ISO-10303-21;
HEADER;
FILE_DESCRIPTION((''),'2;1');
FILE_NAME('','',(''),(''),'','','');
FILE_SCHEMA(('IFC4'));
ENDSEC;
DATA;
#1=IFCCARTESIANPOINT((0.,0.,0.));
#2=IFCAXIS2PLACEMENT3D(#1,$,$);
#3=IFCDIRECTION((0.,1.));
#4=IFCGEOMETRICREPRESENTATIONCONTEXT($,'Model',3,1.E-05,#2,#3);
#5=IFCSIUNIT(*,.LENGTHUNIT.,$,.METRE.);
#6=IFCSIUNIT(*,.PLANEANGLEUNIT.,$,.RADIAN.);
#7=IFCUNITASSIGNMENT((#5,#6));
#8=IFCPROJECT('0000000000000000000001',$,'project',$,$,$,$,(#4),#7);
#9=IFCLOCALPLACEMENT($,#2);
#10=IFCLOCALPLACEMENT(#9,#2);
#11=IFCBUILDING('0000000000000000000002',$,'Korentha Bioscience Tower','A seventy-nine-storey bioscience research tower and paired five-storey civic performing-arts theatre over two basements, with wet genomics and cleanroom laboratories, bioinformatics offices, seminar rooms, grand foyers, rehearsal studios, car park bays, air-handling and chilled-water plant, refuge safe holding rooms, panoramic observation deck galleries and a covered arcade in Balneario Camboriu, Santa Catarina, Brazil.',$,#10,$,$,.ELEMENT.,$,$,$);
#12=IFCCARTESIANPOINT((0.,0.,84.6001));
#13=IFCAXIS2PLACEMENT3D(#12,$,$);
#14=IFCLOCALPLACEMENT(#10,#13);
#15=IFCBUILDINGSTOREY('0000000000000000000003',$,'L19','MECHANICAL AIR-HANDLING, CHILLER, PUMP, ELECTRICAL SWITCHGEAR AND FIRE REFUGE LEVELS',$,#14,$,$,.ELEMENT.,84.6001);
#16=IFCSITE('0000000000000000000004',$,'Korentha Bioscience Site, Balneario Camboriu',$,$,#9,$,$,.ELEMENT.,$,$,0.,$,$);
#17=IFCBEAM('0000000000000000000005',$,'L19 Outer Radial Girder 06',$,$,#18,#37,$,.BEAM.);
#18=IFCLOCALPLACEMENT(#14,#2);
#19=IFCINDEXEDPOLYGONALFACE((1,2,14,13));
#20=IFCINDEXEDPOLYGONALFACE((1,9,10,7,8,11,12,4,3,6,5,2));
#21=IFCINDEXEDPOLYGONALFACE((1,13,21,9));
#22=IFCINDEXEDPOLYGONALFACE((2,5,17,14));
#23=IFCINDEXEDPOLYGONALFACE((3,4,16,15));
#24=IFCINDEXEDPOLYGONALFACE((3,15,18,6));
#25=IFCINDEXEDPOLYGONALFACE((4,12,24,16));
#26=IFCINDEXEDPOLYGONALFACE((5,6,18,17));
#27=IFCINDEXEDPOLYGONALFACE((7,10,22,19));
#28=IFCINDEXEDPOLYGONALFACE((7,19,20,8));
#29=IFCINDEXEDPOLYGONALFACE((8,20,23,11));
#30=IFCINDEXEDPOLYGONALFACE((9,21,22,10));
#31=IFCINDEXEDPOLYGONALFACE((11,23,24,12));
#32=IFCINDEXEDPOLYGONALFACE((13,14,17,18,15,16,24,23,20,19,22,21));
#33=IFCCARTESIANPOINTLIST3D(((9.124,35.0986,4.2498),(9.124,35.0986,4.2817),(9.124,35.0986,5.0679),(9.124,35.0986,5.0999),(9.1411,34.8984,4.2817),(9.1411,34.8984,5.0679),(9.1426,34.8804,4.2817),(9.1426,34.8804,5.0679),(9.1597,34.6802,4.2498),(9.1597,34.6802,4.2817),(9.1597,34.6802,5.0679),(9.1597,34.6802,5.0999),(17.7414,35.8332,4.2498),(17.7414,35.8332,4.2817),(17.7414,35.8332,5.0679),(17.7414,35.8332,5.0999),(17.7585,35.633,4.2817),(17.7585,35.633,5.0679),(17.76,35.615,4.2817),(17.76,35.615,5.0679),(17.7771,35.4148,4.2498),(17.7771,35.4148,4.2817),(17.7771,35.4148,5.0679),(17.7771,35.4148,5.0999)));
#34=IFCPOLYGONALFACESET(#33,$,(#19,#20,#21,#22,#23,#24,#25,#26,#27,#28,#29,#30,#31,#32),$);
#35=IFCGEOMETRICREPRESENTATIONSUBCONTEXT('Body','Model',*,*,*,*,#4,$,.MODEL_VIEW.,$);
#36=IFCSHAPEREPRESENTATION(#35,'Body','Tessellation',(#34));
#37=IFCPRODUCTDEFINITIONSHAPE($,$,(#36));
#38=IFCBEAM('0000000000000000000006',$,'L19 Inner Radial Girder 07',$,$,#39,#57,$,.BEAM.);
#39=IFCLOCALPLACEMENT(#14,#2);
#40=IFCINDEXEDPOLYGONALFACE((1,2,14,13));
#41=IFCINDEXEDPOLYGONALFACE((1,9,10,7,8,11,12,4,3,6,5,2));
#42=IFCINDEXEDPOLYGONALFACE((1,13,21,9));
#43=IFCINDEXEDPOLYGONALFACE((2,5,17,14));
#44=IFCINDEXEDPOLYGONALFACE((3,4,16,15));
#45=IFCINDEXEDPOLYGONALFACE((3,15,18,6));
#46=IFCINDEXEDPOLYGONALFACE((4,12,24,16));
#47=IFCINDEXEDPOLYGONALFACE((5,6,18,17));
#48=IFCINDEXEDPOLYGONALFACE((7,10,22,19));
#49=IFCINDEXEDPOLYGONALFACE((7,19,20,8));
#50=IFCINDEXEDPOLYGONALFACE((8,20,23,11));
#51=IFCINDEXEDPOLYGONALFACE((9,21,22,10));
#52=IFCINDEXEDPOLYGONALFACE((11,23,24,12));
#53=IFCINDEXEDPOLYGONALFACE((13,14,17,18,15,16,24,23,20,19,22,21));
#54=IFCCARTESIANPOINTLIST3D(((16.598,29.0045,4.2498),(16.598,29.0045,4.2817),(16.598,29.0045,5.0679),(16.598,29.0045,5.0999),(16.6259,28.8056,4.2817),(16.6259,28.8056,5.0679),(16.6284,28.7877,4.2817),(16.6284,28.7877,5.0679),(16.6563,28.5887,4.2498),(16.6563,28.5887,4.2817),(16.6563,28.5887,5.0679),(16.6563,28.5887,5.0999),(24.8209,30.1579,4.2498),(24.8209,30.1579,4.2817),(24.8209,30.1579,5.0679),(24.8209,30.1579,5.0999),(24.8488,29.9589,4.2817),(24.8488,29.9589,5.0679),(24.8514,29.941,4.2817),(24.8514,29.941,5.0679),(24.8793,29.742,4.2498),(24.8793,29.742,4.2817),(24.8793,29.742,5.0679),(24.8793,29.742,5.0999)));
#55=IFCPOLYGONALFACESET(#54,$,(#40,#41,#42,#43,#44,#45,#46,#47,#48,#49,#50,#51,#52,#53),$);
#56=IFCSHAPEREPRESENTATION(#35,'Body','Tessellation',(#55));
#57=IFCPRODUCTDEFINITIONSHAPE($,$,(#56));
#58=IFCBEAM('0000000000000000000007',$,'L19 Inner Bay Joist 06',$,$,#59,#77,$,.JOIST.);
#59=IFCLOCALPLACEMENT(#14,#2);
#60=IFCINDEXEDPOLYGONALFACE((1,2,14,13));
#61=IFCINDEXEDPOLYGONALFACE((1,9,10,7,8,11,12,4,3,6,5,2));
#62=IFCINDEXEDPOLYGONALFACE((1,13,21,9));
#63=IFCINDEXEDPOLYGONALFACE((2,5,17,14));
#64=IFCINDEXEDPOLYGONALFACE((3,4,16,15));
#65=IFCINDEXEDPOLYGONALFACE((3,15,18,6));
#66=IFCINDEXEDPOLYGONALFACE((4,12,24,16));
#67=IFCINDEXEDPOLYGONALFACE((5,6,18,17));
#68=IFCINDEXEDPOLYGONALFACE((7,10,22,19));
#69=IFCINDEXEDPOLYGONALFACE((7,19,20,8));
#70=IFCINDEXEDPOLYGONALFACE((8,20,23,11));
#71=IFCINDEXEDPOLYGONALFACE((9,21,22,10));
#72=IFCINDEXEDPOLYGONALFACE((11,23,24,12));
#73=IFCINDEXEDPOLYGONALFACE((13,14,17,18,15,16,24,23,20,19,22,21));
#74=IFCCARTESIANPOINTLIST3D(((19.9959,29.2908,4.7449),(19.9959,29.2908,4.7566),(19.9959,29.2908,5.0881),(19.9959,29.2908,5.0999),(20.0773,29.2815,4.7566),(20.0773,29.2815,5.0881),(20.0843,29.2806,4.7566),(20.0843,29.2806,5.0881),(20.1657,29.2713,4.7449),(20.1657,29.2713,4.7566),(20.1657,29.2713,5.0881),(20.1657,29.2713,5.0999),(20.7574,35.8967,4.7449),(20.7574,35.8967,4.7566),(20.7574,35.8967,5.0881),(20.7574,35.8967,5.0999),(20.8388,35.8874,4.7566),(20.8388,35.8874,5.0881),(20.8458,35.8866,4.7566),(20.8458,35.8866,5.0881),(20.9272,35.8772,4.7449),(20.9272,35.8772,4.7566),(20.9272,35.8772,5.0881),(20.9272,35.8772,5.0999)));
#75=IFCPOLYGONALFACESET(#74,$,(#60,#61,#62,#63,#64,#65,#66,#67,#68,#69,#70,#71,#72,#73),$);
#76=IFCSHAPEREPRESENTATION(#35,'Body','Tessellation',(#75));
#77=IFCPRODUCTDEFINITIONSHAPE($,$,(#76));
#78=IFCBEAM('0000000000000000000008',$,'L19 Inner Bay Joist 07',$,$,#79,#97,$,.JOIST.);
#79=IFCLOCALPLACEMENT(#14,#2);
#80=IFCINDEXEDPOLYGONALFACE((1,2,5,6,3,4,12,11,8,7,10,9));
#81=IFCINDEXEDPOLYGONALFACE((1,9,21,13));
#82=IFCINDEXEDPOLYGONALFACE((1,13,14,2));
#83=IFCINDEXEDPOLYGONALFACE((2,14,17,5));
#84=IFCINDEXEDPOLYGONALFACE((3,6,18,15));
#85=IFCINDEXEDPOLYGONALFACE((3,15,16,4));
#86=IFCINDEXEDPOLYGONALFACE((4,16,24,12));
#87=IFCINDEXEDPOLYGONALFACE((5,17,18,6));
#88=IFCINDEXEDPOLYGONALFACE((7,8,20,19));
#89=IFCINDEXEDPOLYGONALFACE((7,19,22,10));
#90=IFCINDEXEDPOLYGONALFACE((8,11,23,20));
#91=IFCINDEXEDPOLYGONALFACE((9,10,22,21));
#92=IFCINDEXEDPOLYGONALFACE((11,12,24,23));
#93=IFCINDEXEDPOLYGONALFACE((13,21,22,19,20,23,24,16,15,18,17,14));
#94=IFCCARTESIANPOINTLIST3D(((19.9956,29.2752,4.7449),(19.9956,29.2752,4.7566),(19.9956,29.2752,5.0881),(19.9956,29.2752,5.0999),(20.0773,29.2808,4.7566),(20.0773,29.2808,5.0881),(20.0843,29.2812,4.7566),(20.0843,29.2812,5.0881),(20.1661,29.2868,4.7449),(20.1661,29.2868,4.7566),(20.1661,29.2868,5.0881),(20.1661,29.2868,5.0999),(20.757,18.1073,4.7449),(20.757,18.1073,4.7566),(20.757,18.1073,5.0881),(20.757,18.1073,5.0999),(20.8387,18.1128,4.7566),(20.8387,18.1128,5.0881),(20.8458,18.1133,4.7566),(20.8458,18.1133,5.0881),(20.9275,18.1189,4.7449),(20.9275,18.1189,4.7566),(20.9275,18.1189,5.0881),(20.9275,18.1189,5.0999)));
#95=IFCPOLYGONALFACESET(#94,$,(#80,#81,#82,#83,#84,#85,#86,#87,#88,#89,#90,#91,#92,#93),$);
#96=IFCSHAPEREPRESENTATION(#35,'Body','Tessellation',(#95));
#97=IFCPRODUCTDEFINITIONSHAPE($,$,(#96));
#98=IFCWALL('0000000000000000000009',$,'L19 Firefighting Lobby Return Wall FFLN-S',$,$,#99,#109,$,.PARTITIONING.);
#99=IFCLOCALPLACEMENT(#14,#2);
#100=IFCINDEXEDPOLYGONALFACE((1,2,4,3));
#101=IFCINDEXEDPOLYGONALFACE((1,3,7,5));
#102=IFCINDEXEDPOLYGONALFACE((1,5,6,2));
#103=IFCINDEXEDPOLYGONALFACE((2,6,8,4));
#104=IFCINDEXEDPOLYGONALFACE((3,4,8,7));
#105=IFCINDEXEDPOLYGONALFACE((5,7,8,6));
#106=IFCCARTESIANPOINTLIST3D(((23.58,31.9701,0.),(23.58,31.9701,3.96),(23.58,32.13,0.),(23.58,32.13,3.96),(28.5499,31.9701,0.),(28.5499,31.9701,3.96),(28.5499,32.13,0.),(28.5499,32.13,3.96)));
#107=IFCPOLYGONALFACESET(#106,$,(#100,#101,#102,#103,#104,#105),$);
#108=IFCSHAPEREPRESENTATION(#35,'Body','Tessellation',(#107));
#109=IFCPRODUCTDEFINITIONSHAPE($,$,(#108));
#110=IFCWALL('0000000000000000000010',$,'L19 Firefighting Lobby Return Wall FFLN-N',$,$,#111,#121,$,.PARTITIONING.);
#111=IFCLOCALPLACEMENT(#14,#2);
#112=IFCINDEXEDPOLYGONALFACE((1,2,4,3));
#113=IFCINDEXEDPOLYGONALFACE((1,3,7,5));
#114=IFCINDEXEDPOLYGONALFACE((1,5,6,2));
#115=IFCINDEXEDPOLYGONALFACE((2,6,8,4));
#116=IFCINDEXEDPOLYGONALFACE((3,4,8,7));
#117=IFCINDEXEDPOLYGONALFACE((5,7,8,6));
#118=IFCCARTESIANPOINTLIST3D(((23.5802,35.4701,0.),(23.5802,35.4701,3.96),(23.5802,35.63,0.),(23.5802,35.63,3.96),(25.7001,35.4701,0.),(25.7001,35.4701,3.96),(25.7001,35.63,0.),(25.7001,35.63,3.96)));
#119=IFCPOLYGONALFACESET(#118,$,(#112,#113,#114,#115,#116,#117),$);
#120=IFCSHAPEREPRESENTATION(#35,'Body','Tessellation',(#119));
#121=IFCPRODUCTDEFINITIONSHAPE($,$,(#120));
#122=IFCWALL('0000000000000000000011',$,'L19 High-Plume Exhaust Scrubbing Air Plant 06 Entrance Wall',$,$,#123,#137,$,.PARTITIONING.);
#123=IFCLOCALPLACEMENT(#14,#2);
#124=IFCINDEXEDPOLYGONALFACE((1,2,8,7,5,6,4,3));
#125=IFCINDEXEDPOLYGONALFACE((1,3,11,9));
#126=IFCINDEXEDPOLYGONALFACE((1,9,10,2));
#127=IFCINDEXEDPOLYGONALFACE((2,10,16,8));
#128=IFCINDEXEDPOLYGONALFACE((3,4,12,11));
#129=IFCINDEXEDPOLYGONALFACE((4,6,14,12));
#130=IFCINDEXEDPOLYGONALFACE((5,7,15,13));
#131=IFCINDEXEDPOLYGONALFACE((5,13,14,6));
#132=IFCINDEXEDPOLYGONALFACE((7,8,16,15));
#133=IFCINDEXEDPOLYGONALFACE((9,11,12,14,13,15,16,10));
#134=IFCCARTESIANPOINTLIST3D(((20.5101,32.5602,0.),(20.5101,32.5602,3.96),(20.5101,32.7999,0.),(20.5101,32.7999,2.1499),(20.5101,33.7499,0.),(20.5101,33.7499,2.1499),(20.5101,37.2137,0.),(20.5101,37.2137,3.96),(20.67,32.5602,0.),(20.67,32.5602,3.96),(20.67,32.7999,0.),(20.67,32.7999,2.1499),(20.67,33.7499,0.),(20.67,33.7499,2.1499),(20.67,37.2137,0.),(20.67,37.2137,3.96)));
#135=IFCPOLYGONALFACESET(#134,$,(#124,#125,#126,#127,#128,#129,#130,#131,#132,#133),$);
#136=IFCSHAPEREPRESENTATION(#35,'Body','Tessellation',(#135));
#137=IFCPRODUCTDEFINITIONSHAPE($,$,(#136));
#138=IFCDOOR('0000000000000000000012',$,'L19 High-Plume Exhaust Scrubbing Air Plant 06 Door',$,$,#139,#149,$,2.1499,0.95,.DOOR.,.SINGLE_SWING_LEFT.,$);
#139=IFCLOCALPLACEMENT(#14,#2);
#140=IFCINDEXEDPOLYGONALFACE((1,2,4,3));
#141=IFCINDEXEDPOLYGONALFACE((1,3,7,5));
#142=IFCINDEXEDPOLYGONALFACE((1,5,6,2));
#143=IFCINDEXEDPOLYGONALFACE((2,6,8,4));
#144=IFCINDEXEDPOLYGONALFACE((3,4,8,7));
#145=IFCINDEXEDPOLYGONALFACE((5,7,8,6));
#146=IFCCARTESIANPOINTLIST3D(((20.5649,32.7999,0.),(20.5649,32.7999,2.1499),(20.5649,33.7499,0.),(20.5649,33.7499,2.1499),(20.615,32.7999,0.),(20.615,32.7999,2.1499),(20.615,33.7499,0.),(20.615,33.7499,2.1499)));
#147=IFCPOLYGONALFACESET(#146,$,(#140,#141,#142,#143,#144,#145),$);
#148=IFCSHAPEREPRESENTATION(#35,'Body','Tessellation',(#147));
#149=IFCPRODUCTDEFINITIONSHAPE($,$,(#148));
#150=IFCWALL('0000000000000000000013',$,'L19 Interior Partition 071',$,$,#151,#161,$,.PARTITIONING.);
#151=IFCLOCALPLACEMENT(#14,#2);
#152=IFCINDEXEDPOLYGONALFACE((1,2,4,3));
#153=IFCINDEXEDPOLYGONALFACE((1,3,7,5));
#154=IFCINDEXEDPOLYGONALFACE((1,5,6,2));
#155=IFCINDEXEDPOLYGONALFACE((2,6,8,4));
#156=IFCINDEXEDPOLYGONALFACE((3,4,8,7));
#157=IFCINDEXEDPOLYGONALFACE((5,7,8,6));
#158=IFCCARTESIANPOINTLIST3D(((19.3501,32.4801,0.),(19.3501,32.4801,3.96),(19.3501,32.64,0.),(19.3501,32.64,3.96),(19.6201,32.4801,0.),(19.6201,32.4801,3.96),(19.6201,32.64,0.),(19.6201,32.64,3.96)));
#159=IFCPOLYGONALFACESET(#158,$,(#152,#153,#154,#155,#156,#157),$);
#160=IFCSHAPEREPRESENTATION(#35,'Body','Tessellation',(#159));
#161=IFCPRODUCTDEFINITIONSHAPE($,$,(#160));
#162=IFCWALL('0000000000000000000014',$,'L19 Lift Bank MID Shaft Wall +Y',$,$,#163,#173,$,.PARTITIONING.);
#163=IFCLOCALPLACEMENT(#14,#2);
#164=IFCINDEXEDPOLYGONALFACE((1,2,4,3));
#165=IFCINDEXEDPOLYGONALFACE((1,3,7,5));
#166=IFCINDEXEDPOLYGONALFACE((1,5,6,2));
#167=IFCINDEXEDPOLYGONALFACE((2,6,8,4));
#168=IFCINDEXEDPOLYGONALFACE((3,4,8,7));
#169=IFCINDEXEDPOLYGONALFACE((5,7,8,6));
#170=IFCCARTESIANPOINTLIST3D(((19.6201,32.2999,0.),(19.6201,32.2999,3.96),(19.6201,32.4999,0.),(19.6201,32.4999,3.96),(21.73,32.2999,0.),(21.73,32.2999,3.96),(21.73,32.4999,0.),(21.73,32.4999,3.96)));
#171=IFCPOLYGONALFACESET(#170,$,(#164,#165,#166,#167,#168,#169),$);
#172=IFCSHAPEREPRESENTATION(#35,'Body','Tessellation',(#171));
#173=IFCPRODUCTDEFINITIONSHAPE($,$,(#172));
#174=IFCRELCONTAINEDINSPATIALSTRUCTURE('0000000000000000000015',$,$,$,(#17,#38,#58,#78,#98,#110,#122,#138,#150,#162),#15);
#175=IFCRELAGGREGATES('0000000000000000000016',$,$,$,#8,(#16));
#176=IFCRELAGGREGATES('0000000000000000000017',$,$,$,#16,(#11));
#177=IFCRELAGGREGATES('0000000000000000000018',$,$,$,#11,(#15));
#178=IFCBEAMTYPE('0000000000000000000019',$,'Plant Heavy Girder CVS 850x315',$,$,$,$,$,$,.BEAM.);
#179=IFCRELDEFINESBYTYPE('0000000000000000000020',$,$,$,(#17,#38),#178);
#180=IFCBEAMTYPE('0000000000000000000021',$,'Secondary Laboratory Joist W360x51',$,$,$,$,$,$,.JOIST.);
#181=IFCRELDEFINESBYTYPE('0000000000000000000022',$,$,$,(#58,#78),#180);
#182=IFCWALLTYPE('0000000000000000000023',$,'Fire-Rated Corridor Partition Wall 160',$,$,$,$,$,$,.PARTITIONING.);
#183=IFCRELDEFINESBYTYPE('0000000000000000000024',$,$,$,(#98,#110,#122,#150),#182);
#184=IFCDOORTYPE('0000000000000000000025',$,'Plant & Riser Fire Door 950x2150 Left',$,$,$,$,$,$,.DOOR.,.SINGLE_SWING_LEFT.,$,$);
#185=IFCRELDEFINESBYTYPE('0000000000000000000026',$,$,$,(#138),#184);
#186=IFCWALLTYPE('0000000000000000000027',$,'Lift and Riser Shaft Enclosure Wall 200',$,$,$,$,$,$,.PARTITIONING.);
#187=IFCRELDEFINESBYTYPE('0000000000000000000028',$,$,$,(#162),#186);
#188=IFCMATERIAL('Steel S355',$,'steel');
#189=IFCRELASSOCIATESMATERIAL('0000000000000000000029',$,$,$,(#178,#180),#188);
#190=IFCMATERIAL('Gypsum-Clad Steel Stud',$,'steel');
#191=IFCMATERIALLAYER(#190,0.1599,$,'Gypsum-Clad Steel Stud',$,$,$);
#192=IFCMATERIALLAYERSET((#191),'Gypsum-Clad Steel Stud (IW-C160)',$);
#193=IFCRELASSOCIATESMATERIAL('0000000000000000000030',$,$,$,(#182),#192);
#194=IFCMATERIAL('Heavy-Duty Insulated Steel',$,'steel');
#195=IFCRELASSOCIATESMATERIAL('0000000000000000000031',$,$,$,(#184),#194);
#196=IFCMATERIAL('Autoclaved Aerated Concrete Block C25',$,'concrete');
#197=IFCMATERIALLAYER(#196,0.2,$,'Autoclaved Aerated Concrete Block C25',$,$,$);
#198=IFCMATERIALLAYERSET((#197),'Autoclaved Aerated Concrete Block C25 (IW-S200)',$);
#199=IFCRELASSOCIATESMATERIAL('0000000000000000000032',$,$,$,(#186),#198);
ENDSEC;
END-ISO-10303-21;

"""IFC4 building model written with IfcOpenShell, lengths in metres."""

from ifc_helpers import new_model, si_unit, direction, frame, frame_2d, origin, origin_2d, place, context, subcontext, project, spatial, rectangle, i_section, extrude, material, layer, layer_set, material_profile, profile_set, type_object, element, fill, save


model = new_model("IFC4")

# Units and contexts
model_context = context("Model", 3, precision=1e-05, world=origin(), true_north=direction((0.0, 1.0)))
body_context = subcontext(model_context, "Body", "Model", "MODEL_VIEW")
ifc_project = project(units=[si_unit("LENGTHUNIT", "METRE"), si_unit("PLANEANGLEUNIT", "RADIAN")], contexts=[model_context])

# Site, building, storey
site_placement = place(None, origin())
site = spatial("IfcSite", under=ifc_project, at=site_placement, Name="Korentha Bioscience Site, Balneario Camboriu", CompositionType="ELEMENT", RefElevation=0.0)
building_placement = place(site_placement, origin())
building = spatial("IfcBuilding", under=site, at=building_placement, Name="Korentha Bioscience Tower", Description="A seventy-nine-storey bioscience research tower and paired five-storey civic performing-arts theatre over two basements, with wet genomics and cleanroom laboratories, bioinformatics offices, seminar rooms, grand foyers, rehearsal studios, car park bays, air-handling and chilled-water plant, refuge safe holding rooms, panoramic observation deck galleries and a covered arcade in Balneario Camboriu, Santa Catarina, Brazil.", CompositionType="ELEMENT")
storey_placement = place(building_placement, frame((0.0, 0.0, 84.6001)))
storey = spatial("IfcBuildingStorey", under=building, at=storey_placement, Name="L19", Description="MECHANICAL AIR-HANDLING, CHILLER, PUMP, ELECTRICAL SWITCHGEAR AND FIRE REFUGE LEVELS", CompositionType="ELEMENT", Elevation=84.6001)

# Beams
ifc_material_1 = material(Name="Steel S355", Category="steel")
ifc_material_profile_1 = material_profile(ifc_material_1, i_section(OverallWidth=0.4199, OverallDepth=0.8501, WebThickness=0.0181, FlangeThickness=0.032, at=origin_2d()), Name="Steel S355")
ifc_profile_set_1 = profile_set([ifc_material_profile_1], Name="Steel S355 (MB-850)")
beam_type_1 = type_object("IfcBeamType", Name="Plant Heavy Girder CVS 850x315", PredefinedType="BEAM", material=ifc_profile_set_1)
beam_1_placement = place(storey_placement, frame((17.7593, 35.624, 4.6748), z_axis=(-0.996386, -0.08494, 0.0), x_axis=(0.08494, -0.996386, 0.0)))
element("IfcBeam", 1, at=beam_1_placement, inside=storey, type_object=beam_type_1, Name="L19 Outer Radial Girder 06", PredefinedType="BEAM", context=body_context, shape_type="SweptSolid", body=[
    extrude(i_section(OverallWidth=0.4199, OverallDepth=0.8501, WebThickness=0.0181, FlangeThickness=0.032, at=origin_2d()), origin(), (0.0, 0.0, 1.0), 8.6487),
])
beam_2_placement = place(storey_placement, frame((24.8501, 29.95, 4.6748), z_axis=(-0.990307, -0.138898, 0.0), x_axis=(0.138898, -0.990307, 0.0)))
element("IfcBeam", 2, at=beam_2_placement, inside=storey, type_object=beam_type_1, Name="L19 Inner Radial Girder 07", PredefinedType="BEAM", context=body_context, shape_type="SweptSolid", body=[
    extrude(i_section(OverallWidth=0.4199, OverallDepth=0.8501, WebThickness=0.0181, FlangeThickness=0.032, at=origin_2d()), origin(), (0.0, 0.0, 1.0), 8.3035),
])
ifc_material_profile_2 = material_profile(ifc_material_1, i_section(OverallWidth=0.1709, OverallDepth=0.355, WebThickness=0.0071, FlangeThickness=0.0117, at=origin_2d()), Name="Steel S355")
ifc_profile_set_2 = profile_set([ifc_material_profile_2], Name="Steel S355 (JB-360)")
beam_type_2 = type_object("IfcBeamType", Name="Secondary Laboratory Joist W360x51", PredefinedType="JOIST", material=ifc_profile_set_2)
beam_3_placement = place(storey_placement, frame((20.8423, 35.887, 4.9224), z_axis=(-0.114513, -0.993422, 0.0), x_axis=(0.993422, -0.114513, 0.0)))
element("IfcBeam", 3, at=beam_3_placement, inside=storey, type_object=beam_type_2, Name="L19 Inner Bay Joist 06", PredefinedType="JOIST", context=body_context, shape_type="SweptSolid", body=[
    extrude(i_section(OverallWidth=0.1709, OverallDepth=0.355, WebThickness=0.0071, FlangeThickness=0.0117, at=origin_2d()), origin(), (0.0, 0.0, 1.0), 6.6497),
])
beam_4_placement = place(storey_placement, frame((20.0808, 29.281, 4.9224), z_axis=(0.068026, -0.997684, 0.0), x_axis=(0.997684, 0.068026, 0.0)))
element("IfcBeam", 4, at=beam_4_placement, inside=storey, type_object=beam_type_2, Name="L19 Inner Bay Joist 07", PredefinedType="JOIST", context=body_context, shape_type="SweptSolid", body=[
    extrude(i_section(OverallWidth=0.1709, OverallDepth=0.355, WebThickness=0.0071, FlangeThickness=0.0117, at=origin_2d()), origin(), (0.0, 0.0, 1.0), 11.1938),
])

# Shared definitions
ifc_material_2 = material(Name="Gypsum-Clad Steel Stud", Category="steel")
ifc_layer_1 = layer(ifc_material_2, 0.1599, Name="Gypsum-Clad Steel Stud")
ifc_layer_set_1 = layer_set([ifc_layer_1], Name="Gypsum-Clad Steel Stud (IW-C160)")
wall_type_1 = type_object("IfcWallType", Name="Fire-Rated Corridor Partition Wall 160", PredefinedType="PARTITIONING", material=ifc_layer_set_1)

# Walls
wall_1_placement = place(storey_placement, frame((23.5801, 32.05, 0.0), z_axis=(0.0, 0.0, 1.0), x_axis=(1.0, 0.0, 0.0)))
element("IfcWall", 5, at=wall_1_placement, inside=storey, type_object=wall_type_1, Name="L19 Firefighting Lobby Return Wall FFLN-S", PredefinedType="PARTITIONING", context=body_context, shape_type="SweptSolid", body=[
    extrude(rectangle(XDim=4.97, YDim=0.1599, at=frame_2d((2.4849, 0.0))), origin(), (0.0, 0.0, 1.0), 3.96),
])
wall_2_placement = place(storey_placement, frame((23.5801, 35.55, 0.0), z_axis=(0.0, 0.0, 1.0), x_axis=(1.0, 0.0, 0.0)))
element("IfcWall", 6, at=wall_2_placement, inside=storey, type_object=wall_type_1, Name="L19 Firefighting Lobby Return Wall FFLN-N", PredefinedType="PARTITIONING", context=body_context, shape_type="SweptSolid", body=[
    extrude(rectangle(XDim=2.1199, YDim=0.1599, at=frame_2d((1.0601, 0.0))), origin(), (0.0, 0.0, 1.0), 3.96),
])

# Wall, opening, door
wall_3_placement = place(storey_placement, frame((20.5901, 37.2136, 0.0), z_axis=(0.0, 0.0, 1.0), x_axis=(0.0, -1.0, 0.0)))
wall_3 = element("IfcWall", 7, at=wall_3_placement, inside=storey, type_object=wall_type_1, Name="L19 High-Plume Exhaust Scrubbing Air Plant 06 Entrance Wall", PredefinedType="PARTITIONING", context=body_context, shape_type="SweptSolid", body=[
    extrude(rectangle(XDim=4.6536, YDim=0.1599, at=frame_2d((2.3267, 0.0))), origin(), (0.0, 0.0, 1.0), 3.96),
])
opening_1_placement = place(wall_3_placement, frame((3.4636, 0.0, 0.0)))
opening_1 = element("IfcOpeningElement", 8, at=opening_1_placement, cuts=wall_3, PredefinedType="OPENING", context=body_context, shape_type="SweptSolid", body=[
    extrude(rectangle(XDim=0.95, YDim=2.1499, at=frame_2d((0.4751, 1.075))), frame((0.0, 0.0947, 0.0), z_axis=(0.0, -1.0, 0.0), x_axis=(1.0, 0.0, 0.0)), (0.0, 0.0, 1.0), 0.1897),
])
ifc_material_3 = material(Name="Heavy-Duty Insulated Steel", Category="steel")
door_type_1 = type_object("IfcDoorType", Name="Plant & Riser Fire Door 950x2150 Left", OperationType="SINGLE_SWING_LEFT", PredefinedType="DOOR", material=ifc_material_3)
door_1_placement = place(opening_1_placement, origin())
door_1 = element("IfcDoor", 9, at=door_1_placement, inside=storey, type_object=door_type_1, Name="L19 High-Plume Exhaust Scrubbing Air Plant 06 Door", OperationType="SINGLE_SWING_LEFT", OverallHeight=2.1499, OverallWidth=0.95, PredefinedType="DOOR", context=body_context, shape_type="SweptSolid", body=[
    extrude(rectangle(XDim=0.95, YDim=2.1499, at=frame_2d((0.4751, 1.075))), frame((0.0, 0.0249, 0.0), z_axis=(0.0, -1.0, 0.0), x_axis=(1.0, 0.0, 0.0)), (0.0, 0.0, 1.0), 0.05),
])
fill(opening_1, door_1)

# Walls
wall_4_placement = place(storey_placement, frame((19.6201, 32.5601, 0.0), z_axis=(0.0, 0.0, 1.0), x_axis=(-1.0, 0.0, 0.0)))
element("IfcWall", 10, at=wall_4_placement, inside=storey, type_object=wall_type_1, Name="L19 Interior Partition 071", PredefinedType="PARTITIONING", context=body_context, shape_type="SweptSolid", body=[
    extrude(rectangle(XDim=0.27, YDim=0.1599, at=frame_2d((0.135, 0.0))), origin(), (0.0, 0.0, 1.0), 3.96),
])
ifc_material_4 = material(Name="Autoclaved Aerated Concrete Block C25", Category="concrete")
ifc_layer_2 = layer(ifc_material_4, 0.2, Name="Autoclaved Aerated Concrete Block C25")
ifc_layer_set_2 = layer_set([ifc_layer_2], Name="Autoclaved Aerated Concrete Block C25 (IW-S200)")
wall_type_2 = type_object("IfcWallType", Name="Lift and Riser Shaft Enclosure Wall 200", PredefinedType="PARTITIONING", material=ifc_layer_set_2)
wall_5_placement = place(storey_placement, frame((19.6201, 32.3999, 0.0), z_axis=(0.0, 0.0, 1.0), x_axis=(1.0, 0.0, 0.0)))
element("IfcWall", 11, at=wall_5_placement, inside=storey, type_object=wall_type_2, Name="L19 Lift Bank MID Shaft Wall +Y", PredefinedType="PARTITIONING", context=body_context, shape_type="SweptSolid", body=[
    extrude(rectangle(XDim=2.1099, YDim=0.2, at=frame_2d((1.0549, 0.0))), origin(), (0.0, 0.0, 1.0), 3.96),
])

save(model, "model.ifc")
